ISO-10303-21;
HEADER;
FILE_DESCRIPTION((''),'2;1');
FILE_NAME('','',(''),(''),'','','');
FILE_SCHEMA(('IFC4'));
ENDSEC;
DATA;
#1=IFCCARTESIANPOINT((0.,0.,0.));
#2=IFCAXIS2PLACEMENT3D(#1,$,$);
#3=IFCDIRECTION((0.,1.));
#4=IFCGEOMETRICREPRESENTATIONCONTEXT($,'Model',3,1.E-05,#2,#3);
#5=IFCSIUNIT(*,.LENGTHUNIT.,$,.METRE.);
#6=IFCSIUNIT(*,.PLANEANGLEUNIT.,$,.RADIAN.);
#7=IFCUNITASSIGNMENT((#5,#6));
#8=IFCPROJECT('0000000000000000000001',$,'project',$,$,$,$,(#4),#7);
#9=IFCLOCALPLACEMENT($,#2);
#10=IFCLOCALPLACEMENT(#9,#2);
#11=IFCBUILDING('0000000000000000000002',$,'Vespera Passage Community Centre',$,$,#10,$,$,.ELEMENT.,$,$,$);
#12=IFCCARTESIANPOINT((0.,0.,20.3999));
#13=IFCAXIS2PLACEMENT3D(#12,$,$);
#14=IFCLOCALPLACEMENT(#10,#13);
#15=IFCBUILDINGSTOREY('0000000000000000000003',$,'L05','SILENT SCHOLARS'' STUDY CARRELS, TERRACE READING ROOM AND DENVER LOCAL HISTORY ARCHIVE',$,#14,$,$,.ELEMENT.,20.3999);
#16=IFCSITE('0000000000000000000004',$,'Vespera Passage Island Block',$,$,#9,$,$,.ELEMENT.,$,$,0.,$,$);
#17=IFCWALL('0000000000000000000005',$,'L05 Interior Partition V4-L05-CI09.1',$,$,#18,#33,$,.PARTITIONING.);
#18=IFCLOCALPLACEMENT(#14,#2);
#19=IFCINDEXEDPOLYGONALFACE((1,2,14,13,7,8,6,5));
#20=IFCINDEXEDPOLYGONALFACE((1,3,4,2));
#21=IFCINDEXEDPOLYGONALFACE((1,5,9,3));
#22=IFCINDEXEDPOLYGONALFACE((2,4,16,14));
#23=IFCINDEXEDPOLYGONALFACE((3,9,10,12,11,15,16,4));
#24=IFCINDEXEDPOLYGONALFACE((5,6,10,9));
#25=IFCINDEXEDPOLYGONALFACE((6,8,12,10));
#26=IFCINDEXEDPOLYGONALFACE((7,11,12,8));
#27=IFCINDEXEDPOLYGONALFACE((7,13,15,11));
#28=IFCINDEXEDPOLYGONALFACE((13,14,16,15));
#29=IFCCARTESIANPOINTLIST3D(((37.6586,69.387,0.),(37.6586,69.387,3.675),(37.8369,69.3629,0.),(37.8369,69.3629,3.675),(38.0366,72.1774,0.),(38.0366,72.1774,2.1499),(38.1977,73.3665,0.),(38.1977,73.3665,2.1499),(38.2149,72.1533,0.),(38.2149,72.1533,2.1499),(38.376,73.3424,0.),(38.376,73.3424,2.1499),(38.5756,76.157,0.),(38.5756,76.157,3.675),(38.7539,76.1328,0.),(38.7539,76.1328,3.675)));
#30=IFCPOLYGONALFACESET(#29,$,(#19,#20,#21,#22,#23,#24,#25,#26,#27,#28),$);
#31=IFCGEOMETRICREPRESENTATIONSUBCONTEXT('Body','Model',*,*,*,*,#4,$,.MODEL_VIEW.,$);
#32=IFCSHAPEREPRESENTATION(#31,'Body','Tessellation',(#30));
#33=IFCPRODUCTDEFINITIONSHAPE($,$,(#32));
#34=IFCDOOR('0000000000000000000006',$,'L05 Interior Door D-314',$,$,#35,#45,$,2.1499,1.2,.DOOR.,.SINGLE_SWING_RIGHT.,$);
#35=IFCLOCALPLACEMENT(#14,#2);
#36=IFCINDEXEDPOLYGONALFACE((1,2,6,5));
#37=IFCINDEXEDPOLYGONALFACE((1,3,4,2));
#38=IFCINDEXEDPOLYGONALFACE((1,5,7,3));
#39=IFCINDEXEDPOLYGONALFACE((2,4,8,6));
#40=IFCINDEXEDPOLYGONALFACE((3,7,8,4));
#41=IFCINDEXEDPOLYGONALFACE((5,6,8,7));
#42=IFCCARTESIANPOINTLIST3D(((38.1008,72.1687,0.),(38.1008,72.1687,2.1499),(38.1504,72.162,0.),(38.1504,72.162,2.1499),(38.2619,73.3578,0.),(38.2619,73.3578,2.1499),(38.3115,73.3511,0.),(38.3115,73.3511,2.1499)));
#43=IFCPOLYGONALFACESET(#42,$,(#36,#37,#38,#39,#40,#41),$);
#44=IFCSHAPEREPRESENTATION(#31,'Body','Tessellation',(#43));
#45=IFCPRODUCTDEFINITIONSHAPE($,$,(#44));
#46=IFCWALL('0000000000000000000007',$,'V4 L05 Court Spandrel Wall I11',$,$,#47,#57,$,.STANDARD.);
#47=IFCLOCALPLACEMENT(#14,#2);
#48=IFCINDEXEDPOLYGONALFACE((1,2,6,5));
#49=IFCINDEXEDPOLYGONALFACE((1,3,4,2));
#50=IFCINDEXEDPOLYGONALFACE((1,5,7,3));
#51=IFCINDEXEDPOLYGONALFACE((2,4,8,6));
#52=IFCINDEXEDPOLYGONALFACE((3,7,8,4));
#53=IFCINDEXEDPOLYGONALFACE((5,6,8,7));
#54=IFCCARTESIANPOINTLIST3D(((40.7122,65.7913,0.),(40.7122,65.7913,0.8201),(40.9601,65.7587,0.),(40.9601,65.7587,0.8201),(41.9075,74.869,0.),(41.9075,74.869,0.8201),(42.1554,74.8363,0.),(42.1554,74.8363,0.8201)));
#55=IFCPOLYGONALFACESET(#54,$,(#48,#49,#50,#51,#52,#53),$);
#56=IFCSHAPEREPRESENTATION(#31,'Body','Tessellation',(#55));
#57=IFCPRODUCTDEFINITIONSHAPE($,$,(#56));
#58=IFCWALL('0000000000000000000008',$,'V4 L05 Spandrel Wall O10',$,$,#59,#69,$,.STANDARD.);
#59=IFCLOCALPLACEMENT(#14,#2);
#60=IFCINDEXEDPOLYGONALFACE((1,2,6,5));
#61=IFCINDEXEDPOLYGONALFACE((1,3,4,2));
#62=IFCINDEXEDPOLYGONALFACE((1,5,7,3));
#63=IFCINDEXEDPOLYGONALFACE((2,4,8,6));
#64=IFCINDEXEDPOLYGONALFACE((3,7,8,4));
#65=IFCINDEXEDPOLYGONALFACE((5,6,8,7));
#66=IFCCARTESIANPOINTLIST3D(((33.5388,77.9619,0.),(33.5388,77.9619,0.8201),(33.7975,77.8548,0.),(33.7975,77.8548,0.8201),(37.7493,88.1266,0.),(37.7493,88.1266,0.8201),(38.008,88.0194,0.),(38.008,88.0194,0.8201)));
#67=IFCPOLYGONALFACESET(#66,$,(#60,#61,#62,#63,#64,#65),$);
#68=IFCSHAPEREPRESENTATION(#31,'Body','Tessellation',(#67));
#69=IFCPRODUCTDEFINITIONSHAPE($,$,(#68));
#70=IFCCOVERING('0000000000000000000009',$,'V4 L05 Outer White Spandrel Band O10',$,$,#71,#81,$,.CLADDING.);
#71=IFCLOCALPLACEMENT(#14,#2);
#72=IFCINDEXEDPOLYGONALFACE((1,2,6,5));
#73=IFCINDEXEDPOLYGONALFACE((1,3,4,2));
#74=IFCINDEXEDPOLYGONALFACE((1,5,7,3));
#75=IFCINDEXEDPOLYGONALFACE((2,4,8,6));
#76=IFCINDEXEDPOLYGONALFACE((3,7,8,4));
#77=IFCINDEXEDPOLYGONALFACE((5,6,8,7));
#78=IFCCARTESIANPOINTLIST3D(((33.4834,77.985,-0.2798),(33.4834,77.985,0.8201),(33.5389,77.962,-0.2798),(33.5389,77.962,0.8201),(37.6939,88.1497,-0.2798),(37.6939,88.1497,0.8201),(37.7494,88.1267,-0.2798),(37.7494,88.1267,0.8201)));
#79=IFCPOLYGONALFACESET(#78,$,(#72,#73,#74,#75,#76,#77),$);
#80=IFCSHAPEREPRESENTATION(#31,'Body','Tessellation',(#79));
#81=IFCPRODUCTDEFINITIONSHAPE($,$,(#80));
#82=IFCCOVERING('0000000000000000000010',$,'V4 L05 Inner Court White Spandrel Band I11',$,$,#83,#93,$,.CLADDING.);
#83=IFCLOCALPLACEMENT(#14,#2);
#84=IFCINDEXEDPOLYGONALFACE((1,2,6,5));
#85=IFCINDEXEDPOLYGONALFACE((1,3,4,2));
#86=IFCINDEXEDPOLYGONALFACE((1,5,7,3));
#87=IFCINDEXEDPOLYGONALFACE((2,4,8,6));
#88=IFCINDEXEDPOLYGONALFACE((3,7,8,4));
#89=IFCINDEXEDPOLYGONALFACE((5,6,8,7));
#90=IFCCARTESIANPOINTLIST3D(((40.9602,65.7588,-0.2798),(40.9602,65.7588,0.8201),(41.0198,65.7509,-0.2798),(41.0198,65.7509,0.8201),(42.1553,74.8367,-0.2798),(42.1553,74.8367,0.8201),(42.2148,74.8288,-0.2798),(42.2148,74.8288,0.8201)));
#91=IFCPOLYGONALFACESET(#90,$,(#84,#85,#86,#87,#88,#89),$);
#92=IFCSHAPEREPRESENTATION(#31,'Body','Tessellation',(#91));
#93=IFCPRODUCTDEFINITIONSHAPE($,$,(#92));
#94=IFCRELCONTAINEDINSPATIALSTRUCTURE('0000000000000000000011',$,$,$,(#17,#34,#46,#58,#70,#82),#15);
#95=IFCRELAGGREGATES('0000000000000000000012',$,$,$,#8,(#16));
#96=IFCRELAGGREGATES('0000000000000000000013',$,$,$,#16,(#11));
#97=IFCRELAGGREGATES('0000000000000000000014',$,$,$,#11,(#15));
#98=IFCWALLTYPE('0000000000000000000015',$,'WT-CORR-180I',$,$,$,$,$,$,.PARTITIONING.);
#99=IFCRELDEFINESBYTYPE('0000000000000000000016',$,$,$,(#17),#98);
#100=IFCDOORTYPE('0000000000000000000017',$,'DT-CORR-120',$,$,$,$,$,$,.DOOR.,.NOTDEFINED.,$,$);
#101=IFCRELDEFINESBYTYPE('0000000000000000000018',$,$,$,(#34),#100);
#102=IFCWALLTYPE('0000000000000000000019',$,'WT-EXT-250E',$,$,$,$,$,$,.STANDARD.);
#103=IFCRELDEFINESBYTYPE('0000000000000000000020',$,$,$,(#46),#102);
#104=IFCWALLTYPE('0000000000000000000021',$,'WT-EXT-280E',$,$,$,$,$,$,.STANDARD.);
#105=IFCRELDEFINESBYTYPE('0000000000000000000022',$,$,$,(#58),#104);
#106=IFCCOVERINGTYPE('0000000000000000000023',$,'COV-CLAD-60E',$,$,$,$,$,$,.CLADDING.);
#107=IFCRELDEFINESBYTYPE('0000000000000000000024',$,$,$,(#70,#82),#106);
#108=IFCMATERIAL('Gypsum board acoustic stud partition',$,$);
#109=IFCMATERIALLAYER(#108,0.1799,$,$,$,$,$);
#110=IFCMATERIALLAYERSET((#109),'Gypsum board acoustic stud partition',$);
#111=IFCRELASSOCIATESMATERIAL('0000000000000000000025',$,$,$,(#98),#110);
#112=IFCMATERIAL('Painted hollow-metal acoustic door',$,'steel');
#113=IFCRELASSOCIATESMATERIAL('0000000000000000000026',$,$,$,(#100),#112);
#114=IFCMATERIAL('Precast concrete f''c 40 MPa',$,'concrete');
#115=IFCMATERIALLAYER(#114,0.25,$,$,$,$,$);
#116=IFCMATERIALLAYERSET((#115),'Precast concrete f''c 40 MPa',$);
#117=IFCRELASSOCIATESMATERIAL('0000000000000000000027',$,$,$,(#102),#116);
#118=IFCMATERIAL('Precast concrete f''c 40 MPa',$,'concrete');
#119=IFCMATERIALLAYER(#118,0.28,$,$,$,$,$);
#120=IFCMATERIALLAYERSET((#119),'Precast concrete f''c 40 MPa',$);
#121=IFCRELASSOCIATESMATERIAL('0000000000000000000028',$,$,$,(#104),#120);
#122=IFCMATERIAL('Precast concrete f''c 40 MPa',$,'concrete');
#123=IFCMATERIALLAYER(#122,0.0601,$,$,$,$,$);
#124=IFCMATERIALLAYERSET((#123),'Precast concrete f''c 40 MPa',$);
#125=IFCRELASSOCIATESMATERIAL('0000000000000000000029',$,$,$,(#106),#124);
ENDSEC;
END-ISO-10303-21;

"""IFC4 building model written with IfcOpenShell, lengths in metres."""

from ifc_helpers import new_model, si_unit, direction, frame, frame_2d, origin, place, context, subcontext, project, spatial, rectangle, extrude, material, layer, layer_set, type_object, element, fill, save


model = new_model("IFC4")

# Units and contexts
model_context = context("Model", 3, precision=1e-05, world=origin(), true_north=direction((0.0, 1.0)))
body_context = subcontext(model_context, "Body", "Model", "MODEL_VIEW")
ifc_project = project(units=[si_unit("LENGTHUNIT", "METRE"), si_unit("PLANEANGLEUNIT", "RADIAN")], contexts=[model_context])

# Site, building, storey
site_placement = place(None, origin())
site = spatial("IfcSite", under=ifc_project, at=site_placement, Name="Vespera Passage Island Block", CompositionType="ELEMENT", RefElevation=0.0)
building_placement = place(site_placement, origin())
building = spatial("IfcBuilding", under=site, at=building_placement, Name="Vespera Passage Community Centre", CompositionType="ELEMENT")
storey_placement = place(building_placement, frame((0.0, 0.0, 20.3999)))
storey = spatial("IfcBuildingStorey", under=building, at=storey_placement, Name="L05", Description="SILENT SCHOLARS' STUDY CARRELS, TERRACE READING ROOM AND DENVER LOCAL HISTORY ARCHIVE", CompositionType="ELEMENT", Elevation=20.3999)

# Wall, opening, door
ifc_material_1 = material(Name="Gypsum board acoustic stud partition")
ifc_layer_1 = layer(ifc_material_1, 0.1799)
ifc_layer_set_1 = layer_set([ifc_layer_1], Name="Gypsum board acoustic stud partition")
wall_type_1 = type_object("IfcWallType", Name="WT-CORR-180I", PredefinedType="PARTITIONING", material=ifc_layer_set_1)
wall_1_placement = place(storey_placement, frame((38.6648, 76.145, 0.0), z_axis=(0.0, 0.0, 1.0), x_axis=(-0.134223, -0.990951, 0.0)))
wall_1 = element("IfcWall", 1, at=wall_1_placement, inside=storey, type_object=wall_type_1, Name="L05 Interior Partition V4-L05-CI09.1", PredefinedType="PARTITIONING", context=body_context, shape_type="SweptSolid", body=[
    extrude(rectangle(XDim=6.8318, YDim=0.1799, at=frame_2d((3.416, 0.0))), origin(), (0.0, 0.0, 1.0), 3.675),
])
opening_1_placement = place(wall_1_placement, frame((2.8159, 0.0, 0.0)))
opening_1 = element("IfcOpeningElement", 2, at=opening_1_placement, cuts=wall_1, PredefinedType="OPENING", context=body_context, shape_type="SweptSolid", body=[
    extrude(rectangle(XDim=1.2, YDim=2.1499, at=frame_2d((0.6001, 1.075))), frame((0.0, 0.0999, 0.0), z_axis=(0.0, -1.0, 0.0), x_axis=(1.0, 0.0, 0.0)), (0.0, 0.0, 1.0), 0.2),
])
ifc_material_2 = material(Name="Painted hollow-metal acoustic door", Category="steel")
door_type_1 = type_object("IfcDoorType", Name="DT-CORR-120", OperationType="NOTDEFINED", PredefinedType="DOOR", material=ifc_material_2)
door_1_placement = place(opening_1_placement, origin())
door_1 = element("IfcDoor", 3, at=door_1_placement, inside=storey, type_object=door_type_1, Name="L05 Interior Door D-314", OperationType="SINGLE_SWING_RIGHT", OverallHeight=2.1499, OverallWidth=1.2, PredefinedType="DOOR", context=body_context, shape_type="SweptSolid", body=[
    extrude(rectangle(XDim=1.2, YDim=2.1499, at=frame_2d((0.6001, 1.075))), frame((0.0, 0.0249, 0.0), z_axis=(0.0, -1.0, 0.0), x_axis=(1.0, 0.0, 0.0)), (0.0, 0.0, 1.0), 0.05),
])
fill(opening_1, door_1)

# Walls
ifc_material_3 = material(Name="Precast concrete f'c 40 MPa", Category="concrete")
ifc_layer_2 = layer(ifc_material_3, 0.25)
ifc_layer_set_2 = layer_set([ifc_layer_2], Name="Precast concrete f'c 40 MPa")
wall_type_2 = type_object("IfcWallType", Name="WT-EXT-250E", PredefinedType="STANDARD", material=ifc_layer_set_2)
wall_2_placement = place(storey_placement, frame((42.0315, 74.8528, 0.0), z_axis=(0.0, 0.0, 1.0), x_axis=(-0.13055, -0.991442, 0.0)))
element("IfcWall", 4, at=wall_2_placement, inside=storey, type_object=wall_type_2, Name="V4 L05 Court Spandrel Wall I11", PredefinedType="STANDARD", context=body_context, shape_type="SweptSolid", body=[
    extrude(rectangle(XDim=9.156, YDim=0.25, at=frame_2d((4.5781, 0.0))), origin(), (0.0, 0.0, 1.0), 0.8201),
])
ifc_material_4 = material(Name="Precast concrete f'c 40 MPa", Category="concrete")
ifc_layer_3 = layer(ifc_material_4, 0.28)
ifc_layer_set_3 = layer_set([ifc_layer_3], Name="Precast concrete f'c 40 MPa")
wall_type_3 = type_object("IfcWallType", Name="WT-EXT-280E", PredefinedType="STANDARD", material=ifc_layer_set_3)
wall_3_placement = place(storey_placement, frame((33.6682, 77.9084, 0.0), z_axis=(0.0, 0.0, 1.0), x_axis=(0.382695, 0.923875, 0.0)))
element("IfcWall", 5, at=wall_3_placement, inside=storey, type_object=wall_type_3, Name="V4 L05 Spandrel Wall O10", PredefinedType="STANDARD", context=body_context, shape_type="SweptSolid", body=[
    extrude(rectangle(XDim=11.0022, YDim=0.28, at=frame_2d((5.501, 0.0))), origin(), (0.0, 0.0, 1.0), 0.8201),
])

# Coverings
ifc_material_5 = material(Name="Precast concrete f'c 40 MPa", Category="concrete")
ifc_layer_4 = layer(ifc_material_5, 0.0601)
ifc_layer_set_4 = layer_set([ifc_layer_4], Name="Precast concrete f'c 40 MPa")
covering_type = type_object("IfcCoveringType", Name="COV-CLAD-60E", PredefinedType="CLADDING", material=ifc_layer_set_4)
covering_1_placement = place(storey_placement, frame((33.5112, 77.9736, -0.2798), z_axis=(0.0, 0.0, 1.0), x_axis=(0.382695, 0.923875, 0.0)))
element("IfcCovering", 6, at=covering_1_placement, inside=storey, type_object=covering_type, Name="V4 L05 Outer White Spandrel Band O10", PredefinedType="CLADDING", context=body_context, shape_type="SweptSolid", body=[
    extrude(rectangle(XDim=11.0022, YDim=0.0601, at=frame_2d((5.501, 0.0))), origin(), (0.0, 0.0, 1.0), 1.0999),
])
covering_2_placement = place(storey_placement, frame((42.1851, 74.8328, -0.2798), z_axis=(0.0, 0.0, 1.0), x_axis=(-0.13052, -0.991446, 0.0)))
element("IfcCovering", 7, at=covering_2_placement, inside=storey, type_object=covering_type, Name="V4 L05 Inner Court White Spandrel Band I11", PredefinedType="CLADDING", context=body_context, shape_type="SweptSolid", body=[
    extrude(rectangle(XDim=9.1562, YDim=0.0601, at=frame_2d((4.5781, 0.0))), origin(), (0.0, 0.0, 1.0), 1.0999),
])

save(model, "model.ifc")
